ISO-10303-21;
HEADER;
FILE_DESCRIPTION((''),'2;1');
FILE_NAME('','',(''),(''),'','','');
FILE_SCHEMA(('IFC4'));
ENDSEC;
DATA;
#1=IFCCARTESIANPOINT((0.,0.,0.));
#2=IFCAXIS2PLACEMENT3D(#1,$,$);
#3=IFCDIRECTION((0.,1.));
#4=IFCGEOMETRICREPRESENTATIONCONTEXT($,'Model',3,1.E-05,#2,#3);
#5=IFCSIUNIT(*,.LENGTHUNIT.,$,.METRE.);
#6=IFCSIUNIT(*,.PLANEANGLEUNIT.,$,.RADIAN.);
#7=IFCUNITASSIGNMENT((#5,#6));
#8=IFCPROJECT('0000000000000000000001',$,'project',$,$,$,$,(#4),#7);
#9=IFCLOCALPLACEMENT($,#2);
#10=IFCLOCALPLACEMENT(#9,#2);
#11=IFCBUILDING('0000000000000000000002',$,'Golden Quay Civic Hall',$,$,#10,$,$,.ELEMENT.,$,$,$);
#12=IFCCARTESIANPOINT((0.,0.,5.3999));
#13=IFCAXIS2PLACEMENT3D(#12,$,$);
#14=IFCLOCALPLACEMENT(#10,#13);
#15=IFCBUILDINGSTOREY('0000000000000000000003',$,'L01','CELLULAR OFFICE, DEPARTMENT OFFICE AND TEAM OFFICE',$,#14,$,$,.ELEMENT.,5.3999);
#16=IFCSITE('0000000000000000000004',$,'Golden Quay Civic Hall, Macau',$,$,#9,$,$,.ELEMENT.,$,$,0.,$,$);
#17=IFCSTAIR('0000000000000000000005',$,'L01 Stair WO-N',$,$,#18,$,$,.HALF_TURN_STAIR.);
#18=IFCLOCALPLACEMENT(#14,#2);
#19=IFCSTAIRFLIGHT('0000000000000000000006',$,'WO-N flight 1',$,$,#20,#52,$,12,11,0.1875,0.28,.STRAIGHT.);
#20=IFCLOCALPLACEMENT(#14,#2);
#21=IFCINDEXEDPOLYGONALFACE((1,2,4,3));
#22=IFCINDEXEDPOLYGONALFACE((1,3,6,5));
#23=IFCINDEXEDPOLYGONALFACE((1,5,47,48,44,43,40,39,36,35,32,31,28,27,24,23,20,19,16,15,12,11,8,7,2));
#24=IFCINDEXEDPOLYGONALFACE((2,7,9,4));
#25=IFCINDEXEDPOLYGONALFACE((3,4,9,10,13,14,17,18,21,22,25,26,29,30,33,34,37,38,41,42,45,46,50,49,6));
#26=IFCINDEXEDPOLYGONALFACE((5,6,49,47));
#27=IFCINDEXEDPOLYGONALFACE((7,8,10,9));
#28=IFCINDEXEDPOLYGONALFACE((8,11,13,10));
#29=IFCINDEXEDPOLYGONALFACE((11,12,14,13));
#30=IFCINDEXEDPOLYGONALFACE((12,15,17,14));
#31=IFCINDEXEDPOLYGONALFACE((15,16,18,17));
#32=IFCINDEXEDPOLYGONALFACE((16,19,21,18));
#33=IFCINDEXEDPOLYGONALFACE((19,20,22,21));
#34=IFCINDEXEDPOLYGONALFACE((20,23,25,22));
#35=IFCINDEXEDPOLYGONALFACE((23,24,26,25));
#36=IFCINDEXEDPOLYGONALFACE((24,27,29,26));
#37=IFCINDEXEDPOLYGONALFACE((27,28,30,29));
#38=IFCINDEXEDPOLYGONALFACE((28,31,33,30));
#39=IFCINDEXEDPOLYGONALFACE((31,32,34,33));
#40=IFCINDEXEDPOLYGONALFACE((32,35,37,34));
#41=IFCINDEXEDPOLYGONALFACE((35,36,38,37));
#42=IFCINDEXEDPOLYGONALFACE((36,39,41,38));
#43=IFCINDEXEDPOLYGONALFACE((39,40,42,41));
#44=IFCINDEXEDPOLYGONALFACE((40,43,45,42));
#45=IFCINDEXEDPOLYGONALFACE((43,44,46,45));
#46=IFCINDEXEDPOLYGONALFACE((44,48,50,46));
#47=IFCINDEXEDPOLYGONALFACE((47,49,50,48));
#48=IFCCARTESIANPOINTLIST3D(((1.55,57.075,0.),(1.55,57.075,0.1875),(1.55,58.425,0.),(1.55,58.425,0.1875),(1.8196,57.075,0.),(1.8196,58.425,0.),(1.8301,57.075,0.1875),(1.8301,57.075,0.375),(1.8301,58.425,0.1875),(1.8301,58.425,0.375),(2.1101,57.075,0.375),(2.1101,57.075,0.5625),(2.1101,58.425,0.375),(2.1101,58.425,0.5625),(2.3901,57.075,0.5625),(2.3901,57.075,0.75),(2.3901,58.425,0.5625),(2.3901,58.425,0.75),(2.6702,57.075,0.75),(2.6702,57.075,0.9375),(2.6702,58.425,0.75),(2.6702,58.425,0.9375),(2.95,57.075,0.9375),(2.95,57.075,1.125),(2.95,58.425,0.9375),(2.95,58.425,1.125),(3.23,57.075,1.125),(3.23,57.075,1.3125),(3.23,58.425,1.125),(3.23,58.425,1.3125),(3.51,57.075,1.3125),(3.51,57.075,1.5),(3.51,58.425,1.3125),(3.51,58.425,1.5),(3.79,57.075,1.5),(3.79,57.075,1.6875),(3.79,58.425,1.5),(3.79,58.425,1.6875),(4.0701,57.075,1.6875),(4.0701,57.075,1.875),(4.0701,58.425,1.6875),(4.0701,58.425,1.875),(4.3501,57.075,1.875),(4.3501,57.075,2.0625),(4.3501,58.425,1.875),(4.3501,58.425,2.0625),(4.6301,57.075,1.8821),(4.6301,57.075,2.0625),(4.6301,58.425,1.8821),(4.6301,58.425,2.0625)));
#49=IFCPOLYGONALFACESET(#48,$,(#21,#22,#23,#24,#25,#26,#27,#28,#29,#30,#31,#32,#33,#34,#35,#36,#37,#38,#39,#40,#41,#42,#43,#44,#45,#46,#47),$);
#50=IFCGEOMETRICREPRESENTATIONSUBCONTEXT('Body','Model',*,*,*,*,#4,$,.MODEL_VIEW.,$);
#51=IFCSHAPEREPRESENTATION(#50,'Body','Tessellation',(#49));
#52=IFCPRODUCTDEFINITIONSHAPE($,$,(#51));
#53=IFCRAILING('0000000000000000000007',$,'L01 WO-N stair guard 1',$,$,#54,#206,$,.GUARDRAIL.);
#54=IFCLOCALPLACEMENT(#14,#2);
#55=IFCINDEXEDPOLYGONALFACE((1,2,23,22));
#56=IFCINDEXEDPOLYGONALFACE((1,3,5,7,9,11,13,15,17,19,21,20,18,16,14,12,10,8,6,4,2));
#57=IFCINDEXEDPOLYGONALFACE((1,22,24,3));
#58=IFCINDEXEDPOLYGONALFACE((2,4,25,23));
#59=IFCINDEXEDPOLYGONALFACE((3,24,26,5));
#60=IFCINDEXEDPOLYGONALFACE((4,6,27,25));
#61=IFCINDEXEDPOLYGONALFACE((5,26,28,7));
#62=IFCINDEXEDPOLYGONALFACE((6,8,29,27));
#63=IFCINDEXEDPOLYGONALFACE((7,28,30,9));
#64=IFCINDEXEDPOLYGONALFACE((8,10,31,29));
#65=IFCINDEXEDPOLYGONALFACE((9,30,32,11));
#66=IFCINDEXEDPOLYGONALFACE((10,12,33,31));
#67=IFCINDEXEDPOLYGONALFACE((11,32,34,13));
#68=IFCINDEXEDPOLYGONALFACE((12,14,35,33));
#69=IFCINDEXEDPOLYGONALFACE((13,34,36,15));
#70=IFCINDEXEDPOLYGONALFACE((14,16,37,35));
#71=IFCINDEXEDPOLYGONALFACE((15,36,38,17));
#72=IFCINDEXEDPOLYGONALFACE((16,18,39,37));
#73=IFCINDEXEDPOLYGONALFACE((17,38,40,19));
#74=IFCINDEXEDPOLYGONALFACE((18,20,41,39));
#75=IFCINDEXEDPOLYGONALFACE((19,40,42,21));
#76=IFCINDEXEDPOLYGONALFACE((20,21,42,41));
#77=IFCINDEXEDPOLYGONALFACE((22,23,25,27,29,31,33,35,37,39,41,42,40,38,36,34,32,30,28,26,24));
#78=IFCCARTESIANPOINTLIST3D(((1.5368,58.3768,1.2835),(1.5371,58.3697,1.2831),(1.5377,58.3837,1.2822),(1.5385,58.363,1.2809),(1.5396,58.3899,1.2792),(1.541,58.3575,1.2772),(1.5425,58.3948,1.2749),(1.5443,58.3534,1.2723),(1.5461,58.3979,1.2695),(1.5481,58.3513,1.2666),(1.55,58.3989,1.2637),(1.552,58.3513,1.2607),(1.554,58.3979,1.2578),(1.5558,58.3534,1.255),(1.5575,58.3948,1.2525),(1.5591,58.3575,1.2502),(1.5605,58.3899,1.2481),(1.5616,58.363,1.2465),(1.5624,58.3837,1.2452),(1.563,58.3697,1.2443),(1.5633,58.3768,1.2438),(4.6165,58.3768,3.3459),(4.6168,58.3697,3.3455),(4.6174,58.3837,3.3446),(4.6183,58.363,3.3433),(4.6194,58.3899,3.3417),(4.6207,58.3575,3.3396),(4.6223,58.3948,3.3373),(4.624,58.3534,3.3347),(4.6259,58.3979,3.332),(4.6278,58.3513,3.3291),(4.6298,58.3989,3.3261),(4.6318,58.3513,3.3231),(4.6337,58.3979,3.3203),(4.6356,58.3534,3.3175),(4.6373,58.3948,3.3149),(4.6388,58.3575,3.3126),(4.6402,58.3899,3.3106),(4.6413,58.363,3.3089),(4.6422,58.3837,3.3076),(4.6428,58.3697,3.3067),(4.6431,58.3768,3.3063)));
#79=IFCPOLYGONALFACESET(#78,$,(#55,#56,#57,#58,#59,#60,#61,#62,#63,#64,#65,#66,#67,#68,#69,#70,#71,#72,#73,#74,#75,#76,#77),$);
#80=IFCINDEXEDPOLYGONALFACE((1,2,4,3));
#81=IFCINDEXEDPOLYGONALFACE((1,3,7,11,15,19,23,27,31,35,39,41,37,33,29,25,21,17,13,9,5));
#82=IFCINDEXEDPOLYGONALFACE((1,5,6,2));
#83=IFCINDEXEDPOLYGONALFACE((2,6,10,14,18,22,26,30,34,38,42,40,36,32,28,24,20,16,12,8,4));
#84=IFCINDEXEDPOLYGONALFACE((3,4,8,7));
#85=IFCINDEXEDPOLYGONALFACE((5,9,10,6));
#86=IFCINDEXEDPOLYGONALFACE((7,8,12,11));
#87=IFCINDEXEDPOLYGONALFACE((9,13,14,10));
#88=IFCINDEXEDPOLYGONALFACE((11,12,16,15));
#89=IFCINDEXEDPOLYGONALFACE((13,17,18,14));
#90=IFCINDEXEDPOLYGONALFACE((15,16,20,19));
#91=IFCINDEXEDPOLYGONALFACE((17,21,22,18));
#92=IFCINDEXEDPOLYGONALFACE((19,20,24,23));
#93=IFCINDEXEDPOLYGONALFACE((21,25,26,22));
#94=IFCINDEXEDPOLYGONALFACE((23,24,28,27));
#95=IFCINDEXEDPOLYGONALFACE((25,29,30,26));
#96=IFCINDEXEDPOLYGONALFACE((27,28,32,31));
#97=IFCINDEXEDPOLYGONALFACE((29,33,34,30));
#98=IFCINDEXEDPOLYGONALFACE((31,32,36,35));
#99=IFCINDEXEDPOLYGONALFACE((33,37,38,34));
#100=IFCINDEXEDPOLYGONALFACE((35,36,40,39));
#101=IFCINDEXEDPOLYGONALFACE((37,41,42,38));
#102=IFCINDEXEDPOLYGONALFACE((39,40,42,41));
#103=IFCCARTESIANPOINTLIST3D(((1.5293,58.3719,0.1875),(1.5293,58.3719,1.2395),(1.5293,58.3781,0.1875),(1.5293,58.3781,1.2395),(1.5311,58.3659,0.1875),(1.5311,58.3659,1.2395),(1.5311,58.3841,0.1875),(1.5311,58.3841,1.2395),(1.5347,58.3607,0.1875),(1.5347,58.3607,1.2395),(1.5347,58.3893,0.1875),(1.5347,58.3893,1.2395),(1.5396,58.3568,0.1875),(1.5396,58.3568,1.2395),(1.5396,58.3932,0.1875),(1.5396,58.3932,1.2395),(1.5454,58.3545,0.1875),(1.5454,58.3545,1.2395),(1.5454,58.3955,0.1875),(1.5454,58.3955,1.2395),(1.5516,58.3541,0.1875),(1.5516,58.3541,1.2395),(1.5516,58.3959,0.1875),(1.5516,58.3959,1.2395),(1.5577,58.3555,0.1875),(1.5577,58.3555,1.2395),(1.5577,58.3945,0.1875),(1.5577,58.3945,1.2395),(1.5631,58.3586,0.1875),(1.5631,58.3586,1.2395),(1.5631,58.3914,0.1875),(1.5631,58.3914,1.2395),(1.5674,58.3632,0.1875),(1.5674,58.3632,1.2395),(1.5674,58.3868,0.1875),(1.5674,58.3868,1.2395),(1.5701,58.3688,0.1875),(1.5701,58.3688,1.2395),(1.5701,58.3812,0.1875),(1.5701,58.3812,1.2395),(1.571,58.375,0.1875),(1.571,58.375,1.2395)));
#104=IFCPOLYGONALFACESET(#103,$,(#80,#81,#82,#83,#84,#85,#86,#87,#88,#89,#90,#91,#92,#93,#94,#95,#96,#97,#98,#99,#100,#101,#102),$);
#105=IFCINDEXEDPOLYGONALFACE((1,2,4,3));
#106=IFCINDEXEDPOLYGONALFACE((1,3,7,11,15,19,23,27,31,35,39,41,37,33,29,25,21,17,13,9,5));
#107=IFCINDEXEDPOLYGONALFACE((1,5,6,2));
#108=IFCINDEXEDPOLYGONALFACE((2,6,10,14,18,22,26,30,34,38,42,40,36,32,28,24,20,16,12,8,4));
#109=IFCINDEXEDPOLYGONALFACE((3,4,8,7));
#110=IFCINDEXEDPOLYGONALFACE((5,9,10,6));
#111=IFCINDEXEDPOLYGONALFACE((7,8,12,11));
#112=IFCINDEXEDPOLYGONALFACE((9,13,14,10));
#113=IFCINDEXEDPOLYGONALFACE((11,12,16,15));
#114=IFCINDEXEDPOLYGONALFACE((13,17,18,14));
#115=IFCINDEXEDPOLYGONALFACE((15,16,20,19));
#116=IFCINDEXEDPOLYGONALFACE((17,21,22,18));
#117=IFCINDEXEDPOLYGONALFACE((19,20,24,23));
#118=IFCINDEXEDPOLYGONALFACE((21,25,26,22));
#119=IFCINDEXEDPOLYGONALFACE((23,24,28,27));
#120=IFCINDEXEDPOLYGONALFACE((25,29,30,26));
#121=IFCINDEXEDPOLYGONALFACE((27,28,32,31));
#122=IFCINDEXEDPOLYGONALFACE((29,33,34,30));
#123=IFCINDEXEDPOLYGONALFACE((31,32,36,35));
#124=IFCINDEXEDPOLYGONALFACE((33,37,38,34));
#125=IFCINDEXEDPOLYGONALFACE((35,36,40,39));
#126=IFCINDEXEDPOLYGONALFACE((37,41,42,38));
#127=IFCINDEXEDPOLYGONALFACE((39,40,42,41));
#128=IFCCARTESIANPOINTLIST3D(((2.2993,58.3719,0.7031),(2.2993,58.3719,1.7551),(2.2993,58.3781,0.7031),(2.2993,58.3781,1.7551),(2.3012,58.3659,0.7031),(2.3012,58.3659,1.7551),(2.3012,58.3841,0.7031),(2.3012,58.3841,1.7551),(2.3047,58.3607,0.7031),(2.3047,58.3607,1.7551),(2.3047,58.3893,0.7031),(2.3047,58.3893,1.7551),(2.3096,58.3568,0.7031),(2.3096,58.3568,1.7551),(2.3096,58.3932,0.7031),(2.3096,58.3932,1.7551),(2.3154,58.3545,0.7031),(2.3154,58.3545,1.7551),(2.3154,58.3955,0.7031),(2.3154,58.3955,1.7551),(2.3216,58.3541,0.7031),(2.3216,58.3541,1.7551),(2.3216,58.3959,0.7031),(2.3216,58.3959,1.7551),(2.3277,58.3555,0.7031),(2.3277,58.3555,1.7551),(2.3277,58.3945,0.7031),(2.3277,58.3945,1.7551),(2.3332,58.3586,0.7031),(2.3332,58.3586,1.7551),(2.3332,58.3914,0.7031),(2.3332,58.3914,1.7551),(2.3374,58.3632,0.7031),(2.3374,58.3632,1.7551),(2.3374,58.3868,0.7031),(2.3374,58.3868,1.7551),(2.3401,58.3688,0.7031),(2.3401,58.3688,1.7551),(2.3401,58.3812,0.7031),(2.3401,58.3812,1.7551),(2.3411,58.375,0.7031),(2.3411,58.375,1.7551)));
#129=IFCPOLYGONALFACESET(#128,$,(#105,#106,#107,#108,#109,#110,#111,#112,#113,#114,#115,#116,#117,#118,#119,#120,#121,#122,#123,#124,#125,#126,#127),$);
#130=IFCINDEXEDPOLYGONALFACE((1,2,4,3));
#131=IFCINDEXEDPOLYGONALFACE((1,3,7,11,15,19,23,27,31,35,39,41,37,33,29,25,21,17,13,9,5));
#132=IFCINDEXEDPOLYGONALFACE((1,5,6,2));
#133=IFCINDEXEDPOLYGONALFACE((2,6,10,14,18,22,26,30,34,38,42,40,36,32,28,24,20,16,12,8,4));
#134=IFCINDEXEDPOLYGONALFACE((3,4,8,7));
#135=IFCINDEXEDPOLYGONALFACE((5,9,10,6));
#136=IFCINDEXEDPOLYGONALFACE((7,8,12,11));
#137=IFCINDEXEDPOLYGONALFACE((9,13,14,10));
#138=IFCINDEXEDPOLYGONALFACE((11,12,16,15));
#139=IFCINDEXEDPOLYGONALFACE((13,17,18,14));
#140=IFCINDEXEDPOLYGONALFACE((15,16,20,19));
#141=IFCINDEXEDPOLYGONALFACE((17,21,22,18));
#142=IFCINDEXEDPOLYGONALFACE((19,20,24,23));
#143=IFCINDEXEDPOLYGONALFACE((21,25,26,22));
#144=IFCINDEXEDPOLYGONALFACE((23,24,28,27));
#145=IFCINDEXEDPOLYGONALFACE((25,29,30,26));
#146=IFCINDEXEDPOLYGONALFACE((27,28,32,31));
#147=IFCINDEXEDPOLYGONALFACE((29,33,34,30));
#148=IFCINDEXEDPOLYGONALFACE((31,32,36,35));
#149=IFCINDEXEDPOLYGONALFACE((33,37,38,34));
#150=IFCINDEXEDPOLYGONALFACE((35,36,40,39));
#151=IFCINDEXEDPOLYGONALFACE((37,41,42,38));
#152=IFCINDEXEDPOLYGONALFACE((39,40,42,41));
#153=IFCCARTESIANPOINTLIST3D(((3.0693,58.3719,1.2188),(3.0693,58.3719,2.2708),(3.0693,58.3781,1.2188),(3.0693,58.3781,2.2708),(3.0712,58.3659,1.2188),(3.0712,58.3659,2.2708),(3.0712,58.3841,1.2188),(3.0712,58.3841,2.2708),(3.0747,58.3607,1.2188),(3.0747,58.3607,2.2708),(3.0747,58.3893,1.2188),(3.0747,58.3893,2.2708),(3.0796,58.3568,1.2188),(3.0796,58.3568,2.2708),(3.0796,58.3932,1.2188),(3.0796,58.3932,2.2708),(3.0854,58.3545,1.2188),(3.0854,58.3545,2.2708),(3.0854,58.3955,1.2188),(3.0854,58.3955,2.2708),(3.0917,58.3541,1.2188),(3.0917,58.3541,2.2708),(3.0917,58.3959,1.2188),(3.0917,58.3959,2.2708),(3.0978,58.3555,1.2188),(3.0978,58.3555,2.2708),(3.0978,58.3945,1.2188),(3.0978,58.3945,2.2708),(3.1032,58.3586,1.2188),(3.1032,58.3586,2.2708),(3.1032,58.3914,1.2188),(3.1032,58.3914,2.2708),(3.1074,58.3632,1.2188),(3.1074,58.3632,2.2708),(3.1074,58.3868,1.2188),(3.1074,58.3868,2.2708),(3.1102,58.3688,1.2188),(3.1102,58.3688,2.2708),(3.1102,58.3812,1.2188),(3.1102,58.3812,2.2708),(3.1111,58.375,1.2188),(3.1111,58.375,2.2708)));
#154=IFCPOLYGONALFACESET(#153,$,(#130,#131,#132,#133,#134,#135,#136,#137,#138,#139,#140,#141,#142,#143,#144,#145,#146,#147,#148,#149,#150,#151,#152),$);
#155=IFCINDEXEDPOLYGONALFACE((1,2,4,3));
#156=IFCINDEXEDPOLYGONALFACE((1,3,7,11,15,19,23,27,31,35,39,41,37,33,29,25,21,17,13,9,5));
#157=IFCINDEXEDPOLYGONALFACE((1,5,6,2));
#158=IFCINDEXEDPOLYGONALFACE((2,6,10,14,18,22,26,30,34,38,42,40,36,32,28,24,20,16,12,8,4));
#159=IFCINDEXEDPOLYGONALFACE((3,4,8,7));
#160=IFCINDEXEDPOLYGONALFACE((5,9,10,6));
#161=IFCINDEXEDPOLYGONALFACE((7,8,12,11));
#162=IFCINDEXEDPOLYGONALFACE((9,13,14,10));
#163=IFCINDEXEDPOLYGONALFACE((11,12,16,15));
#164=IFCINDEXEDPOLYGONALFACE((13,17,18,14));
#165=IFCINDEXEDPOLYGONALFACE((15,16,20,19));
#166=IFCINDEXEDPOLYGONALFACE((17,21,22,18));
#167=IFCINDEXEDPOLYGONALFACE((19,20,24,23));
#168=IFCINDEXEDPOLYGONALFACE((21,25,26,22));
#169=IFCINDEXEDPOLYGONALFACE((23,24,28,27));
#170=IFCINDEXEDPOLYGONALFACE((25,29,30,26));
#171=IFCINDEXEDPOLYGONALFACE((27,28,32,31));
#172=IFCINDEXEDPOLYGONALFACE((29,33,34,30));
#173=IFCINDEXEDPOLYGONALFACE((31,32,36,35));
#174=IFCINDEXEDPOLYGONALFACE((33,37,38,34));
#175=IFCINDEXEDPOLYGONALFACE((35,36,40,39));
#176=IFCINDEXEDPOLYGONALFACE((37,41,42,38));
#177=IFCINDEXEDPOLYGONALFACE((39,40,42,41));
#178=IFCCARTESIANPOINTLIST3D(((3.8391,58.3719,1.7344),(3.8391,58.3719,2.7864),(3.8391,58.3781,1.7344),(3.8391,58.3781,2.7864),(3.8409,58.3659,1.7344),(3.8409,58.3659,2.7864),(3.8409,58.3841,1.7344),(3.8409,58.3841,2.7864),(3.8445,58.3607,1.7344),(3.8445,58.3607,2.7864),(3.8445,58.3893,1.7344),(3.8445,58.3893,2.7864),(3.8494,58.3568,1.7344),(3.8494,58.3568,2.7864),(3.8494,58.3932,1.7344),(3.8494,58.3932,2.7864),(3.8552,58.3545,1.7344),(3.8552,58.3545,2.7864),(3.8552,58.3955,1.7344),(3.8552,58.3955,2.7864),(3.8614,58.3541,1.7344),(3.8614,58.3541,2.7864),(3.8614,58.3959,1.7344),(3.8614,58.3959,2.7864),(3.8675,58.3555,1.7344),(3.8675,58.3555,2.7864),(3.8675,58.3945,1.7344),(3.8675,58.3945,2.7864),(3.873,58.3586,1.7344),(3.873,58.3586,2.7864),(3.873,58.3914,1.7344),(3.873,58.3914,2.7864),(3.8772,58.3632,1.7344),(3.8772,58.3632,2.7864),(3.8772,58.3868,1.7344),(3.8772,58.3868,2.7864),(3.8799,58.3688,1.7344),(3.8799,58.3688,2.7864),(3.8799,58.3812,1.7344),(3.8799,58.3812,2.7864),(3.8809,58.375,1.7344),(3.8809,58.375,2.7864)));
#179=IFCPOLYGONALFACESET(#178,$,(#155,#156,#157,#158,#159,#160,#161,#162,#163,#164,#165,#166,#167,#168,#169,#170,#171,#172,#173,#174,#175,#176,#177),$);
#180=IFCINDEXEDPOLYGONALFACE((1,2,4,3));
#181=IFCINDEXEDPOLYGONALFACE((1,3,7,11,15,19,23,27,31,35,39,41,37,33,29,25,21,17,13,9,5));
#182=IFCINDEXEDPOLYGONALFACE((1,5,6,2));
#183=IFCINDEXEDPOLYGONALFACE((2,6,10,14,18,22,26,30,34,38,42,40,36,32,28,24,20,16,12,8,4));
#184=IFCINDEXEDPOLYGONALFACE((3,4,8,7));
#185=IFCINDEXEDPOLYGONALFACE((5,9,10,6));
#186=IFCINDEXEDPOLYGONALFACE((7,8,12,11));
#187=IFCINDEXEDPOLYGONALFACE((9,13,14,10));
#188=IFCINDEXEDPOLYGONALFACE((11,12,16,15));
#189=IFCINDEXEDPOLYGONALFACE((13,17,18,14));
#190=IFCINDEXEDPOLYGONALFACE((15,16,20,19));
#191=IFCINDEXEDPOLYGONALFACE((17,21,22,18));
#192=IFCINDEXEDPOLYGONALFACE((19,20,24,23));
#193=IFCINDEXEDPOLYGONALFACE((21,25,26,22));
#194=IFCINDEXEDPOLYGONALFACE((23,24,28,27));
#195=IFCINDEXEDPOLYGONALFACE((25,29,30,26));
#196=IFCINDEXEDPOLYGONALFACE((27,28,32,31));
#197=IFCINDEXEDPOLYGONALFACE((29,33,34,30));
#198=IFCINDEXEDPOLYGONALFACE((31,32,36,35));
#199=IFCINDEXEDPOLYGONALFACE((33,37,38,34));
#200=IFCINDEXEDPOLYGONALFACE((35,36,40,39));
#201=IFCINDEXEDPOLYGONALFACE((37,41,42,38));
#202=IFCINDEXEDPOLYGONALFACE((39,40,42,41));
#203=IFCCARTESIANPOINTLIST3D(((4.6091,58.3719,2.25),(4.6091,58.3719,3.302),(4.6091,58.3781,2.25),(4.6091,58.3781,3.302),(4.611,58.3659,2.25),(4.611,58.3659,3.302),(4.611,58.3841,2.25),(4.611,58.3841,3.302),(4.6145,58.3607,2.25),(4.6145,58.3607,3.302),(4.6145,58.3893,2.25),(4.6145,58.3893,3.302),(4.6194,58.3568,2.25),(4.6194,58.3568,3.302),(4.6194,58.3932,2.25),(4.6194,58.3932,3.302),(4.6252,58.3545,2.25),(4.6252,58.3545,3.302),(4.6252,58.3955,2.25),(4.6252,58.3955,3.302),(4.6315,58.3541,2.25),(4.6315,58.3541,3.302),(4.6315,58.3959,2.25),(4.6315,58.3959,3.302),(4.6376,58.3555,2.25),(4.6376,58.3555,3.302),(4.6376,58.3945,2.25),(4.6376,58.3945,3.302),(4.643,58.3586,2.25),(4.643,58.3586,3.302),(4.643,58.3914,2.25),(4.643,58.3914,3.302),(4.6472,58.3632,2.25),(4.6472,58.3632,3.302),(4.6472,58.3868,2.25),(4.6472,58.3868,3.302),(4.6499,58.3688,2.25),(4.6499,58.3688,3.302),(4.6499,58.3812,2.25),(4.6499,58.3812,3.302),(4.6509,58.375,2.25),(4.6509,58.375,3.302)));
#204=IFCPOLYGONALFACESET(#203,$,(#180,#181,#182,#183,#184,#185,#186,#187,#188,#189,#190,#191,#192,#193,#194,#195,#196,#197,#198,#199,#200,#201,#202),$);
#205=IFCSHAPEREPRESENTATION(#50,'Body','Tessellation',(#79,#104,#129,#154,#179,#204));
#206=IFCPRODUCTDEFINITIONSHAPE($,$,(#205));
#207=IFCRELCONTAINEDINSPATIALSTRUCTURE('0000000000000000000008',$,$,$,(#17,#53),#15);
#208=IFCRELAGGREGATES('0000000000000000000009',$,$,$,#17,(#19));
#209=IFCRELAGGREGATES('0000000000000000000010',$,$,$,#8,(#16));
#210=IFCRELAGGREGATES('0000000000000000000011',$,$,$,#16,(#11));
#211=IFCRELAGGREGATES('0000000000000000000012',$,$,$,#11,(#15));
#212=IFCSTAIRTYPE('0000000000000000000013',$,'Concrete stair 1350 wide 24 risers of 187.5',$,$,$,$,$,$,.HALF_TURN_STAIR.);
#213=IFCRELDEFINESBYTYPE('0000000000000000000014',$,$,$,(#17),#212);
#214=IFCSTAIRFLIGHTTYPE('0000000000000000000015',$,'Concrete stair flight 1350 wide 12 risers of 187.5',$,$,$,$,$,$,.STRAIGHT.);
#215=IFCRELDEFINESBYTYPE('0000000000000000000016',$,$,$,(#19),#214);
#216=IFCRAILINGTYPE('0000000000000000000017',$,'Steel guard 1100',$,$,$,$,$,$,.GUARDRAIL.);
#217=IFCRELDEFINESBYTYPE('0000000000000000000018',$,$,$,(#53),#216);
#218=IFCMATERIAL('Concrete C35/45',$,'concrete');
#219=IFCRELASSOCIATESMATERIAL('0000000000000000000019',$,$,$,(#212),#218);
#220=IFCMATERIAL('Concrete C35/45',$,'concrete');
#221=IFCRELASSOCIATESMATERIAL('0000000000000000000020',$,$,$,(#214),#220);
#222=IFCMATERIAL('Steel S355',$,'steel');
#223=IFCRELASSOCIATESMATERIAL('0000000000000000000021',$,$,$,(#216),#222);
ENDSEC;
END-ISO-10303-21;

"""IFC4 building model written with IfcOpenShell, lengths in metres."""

from ifc_helpers import new_model, si_unit, direction, frame, origin, origin_2d, place, context, subcontext, project, spatial, polyline, circle, outline, extrude, material, type_object, element, aggregate, save


model = new_model("IFC4")

# Units and contexts
model_context = context("Model", 3, precision=1e-05, world=origin(), true_north=direction((0.0, 1.0)))
body_context = subcontext(model_context, "Body", "Model", "MODEL_VIEW")
ifc_project = project(units=[si_unit("LENGTHUNIT", "METRE"), si_unit("PLANEANGLEUNIT", "RADIAN")], contexts=[model_context])

# Site, building, storey
site_placement = place(None, origin())
site = spatial("IfcSite", under=ifc_project, at=site_placement, Name="Golden Quay Civic Hall, Macau", CompositionType="ELEMENT", RefElevation=0.0)
building_placement = place(site_placement, origin())
building = spatial("IfcBuilding", under=site, at=building_placement, Name="Golden Quay Civic Hall", CompositionType="ELEMENT")
storey_placement = place(building_placement, frame((0.0, 0.0, 5.3999)))
storey = spatial("IfcBuildingStorey", under=building, at=storey_placement, Name="L01", Description="CELLULAR OFFICE, DEPARTMENT OFFICE AND TEAM OFFICE", CompositionType="ELEMENT", Elevation=5.3999)

# Stair, stair flight
ifc_material_1 = material(Name="Concrete C35/45", Category="concrete")
stair_type = type_object("IfcStairType", Name="Concrete stair 1350 wide 24 risers of 187.5", PredefinedType="HALF_TURN_STAIR", material=ifc_material_1)
stair_placement = place(storey_placement, origin())
stair = element("IfcStair", 1, at=stair_placement, inside=storey, type_object=stair_type, Name="L01 Stair WO-N", PredefinedType="HALF_TURN_STAIR")
ifc_material_2 = material(Name="Concrete C35/45", Category="concrete")
stair_flight_type = type_object("IfcStairFlightType", Name="Concrete stair flight 1350 wide 12 risers of 187.5", PredefinedType="STRAIGHT", material=ifc_material_2)
stair_flight_placement = place(storey_placement, frame((1.55, 57.75, 0.0), z_axis=(0.0, 0.0, 1.0), x_axis=(1.0, 0.0, 0.0)))
stair_flight = element("IfcStairFlight", 2, at=stair_flight_placement, type_object=stair_flight_type, Name="WO-N flight 1", NumberOfRisers=12, NumberOfTreads=11, PredefinedType="STRAIGHT", RiserHeight=0.1875, TreadLength=0.28, context=body_context, shape_type="SweptSolid", body=[
    extrude(outline(polyline([(0.0, 0.0), (0.0, 0.1875), (0.28, 0.1875), (0.28, 0.375), (0.5601, 0.375), (0.5601, 0.5625), (0.8401, 0.5625), (0.8401, 0.75), (1.1201, 0.75), (1.1201, 0.9375), (1.3999, 0.9375), (1.3999, 1.125), (1.6799, 1.125), (1.6799, 1.3125), (1.96, 1.3125), (1.96, 1.5), (2.24, 1.5), (2.24, 1.6875), (2.52, 1.6875), (2.52, 1.875), (2.8, 1.875), (2.8, 2.0625), (3.0801, 2.0625), (3.0801, 2.25), (3.0801, 1.8821), (0.2695, 0.0), (0.0, 0.0)])), frame((0.0, 0.675, 0.0), z_axis=(0.0, -1.0, 0.0), x_axis=(1.0, 0.0, 0.0)), (0.0, 0.0, 1.0), 1.35),
])
aggregate(stair, [stair_flight])

# Railing
ifc_material_3 = material(Name="Steel S355", Category="steel")
railing_type_1 = type_object("IfcRailingType", Name="Steel guard 1100", PredefinedType="GUARDRAIL", material=ifc_material_3)
railing_1_placement = place(storey_placement, frame((1.55, 58.375, 0.1875)))
element("IfcRailing", 3, at=railing_1_placement, inside=storey, type_object=railing_type_1, Name="L01 WO-N stair guard 1", PredefinedType="GUARDRAIL", context=body_context, shape_type="SweptSolid", body=[
    extrude(circle(Radius=0.0239, at=origin_2d()), frame((0.0, 0.0, 1.0762), z_axis=(0.830893, 0.0, 0.556432), x_axis=(0.0, 1.0, 0.0)), (0.0, 0.0, 1.0), 3.7065),
    extrude(circle(Radius=0.021, at=origin_2d()), origin(), (0.0, 0.0, 1.0), 1.052),
    extrude(circle(Radius=0.021, at=origin_2d()), frame((0.77, 0.0, 0.5156)), (0.0, 0.0, 1.0), 1.052),
    extrude(circle(Radius=0.021, at=origin_2d()), frame((1.54, 0.0, 1.0312)), (0.0, 0.0, 1.0), 1.052),
    extrude(circle(Radius=0.021, at=origin_2d()), frame((2.3098, 0.0, 1.5469)), (0.0, 0.0, 1.0), 1.052),
    extrude(circle(Radius=0.021, at=origin_2d()), frame((3.0798, 0.0, 2.0625)), (0.0, 0.0, 1.0), 1.052),
])

save(model, "model.ifc")
